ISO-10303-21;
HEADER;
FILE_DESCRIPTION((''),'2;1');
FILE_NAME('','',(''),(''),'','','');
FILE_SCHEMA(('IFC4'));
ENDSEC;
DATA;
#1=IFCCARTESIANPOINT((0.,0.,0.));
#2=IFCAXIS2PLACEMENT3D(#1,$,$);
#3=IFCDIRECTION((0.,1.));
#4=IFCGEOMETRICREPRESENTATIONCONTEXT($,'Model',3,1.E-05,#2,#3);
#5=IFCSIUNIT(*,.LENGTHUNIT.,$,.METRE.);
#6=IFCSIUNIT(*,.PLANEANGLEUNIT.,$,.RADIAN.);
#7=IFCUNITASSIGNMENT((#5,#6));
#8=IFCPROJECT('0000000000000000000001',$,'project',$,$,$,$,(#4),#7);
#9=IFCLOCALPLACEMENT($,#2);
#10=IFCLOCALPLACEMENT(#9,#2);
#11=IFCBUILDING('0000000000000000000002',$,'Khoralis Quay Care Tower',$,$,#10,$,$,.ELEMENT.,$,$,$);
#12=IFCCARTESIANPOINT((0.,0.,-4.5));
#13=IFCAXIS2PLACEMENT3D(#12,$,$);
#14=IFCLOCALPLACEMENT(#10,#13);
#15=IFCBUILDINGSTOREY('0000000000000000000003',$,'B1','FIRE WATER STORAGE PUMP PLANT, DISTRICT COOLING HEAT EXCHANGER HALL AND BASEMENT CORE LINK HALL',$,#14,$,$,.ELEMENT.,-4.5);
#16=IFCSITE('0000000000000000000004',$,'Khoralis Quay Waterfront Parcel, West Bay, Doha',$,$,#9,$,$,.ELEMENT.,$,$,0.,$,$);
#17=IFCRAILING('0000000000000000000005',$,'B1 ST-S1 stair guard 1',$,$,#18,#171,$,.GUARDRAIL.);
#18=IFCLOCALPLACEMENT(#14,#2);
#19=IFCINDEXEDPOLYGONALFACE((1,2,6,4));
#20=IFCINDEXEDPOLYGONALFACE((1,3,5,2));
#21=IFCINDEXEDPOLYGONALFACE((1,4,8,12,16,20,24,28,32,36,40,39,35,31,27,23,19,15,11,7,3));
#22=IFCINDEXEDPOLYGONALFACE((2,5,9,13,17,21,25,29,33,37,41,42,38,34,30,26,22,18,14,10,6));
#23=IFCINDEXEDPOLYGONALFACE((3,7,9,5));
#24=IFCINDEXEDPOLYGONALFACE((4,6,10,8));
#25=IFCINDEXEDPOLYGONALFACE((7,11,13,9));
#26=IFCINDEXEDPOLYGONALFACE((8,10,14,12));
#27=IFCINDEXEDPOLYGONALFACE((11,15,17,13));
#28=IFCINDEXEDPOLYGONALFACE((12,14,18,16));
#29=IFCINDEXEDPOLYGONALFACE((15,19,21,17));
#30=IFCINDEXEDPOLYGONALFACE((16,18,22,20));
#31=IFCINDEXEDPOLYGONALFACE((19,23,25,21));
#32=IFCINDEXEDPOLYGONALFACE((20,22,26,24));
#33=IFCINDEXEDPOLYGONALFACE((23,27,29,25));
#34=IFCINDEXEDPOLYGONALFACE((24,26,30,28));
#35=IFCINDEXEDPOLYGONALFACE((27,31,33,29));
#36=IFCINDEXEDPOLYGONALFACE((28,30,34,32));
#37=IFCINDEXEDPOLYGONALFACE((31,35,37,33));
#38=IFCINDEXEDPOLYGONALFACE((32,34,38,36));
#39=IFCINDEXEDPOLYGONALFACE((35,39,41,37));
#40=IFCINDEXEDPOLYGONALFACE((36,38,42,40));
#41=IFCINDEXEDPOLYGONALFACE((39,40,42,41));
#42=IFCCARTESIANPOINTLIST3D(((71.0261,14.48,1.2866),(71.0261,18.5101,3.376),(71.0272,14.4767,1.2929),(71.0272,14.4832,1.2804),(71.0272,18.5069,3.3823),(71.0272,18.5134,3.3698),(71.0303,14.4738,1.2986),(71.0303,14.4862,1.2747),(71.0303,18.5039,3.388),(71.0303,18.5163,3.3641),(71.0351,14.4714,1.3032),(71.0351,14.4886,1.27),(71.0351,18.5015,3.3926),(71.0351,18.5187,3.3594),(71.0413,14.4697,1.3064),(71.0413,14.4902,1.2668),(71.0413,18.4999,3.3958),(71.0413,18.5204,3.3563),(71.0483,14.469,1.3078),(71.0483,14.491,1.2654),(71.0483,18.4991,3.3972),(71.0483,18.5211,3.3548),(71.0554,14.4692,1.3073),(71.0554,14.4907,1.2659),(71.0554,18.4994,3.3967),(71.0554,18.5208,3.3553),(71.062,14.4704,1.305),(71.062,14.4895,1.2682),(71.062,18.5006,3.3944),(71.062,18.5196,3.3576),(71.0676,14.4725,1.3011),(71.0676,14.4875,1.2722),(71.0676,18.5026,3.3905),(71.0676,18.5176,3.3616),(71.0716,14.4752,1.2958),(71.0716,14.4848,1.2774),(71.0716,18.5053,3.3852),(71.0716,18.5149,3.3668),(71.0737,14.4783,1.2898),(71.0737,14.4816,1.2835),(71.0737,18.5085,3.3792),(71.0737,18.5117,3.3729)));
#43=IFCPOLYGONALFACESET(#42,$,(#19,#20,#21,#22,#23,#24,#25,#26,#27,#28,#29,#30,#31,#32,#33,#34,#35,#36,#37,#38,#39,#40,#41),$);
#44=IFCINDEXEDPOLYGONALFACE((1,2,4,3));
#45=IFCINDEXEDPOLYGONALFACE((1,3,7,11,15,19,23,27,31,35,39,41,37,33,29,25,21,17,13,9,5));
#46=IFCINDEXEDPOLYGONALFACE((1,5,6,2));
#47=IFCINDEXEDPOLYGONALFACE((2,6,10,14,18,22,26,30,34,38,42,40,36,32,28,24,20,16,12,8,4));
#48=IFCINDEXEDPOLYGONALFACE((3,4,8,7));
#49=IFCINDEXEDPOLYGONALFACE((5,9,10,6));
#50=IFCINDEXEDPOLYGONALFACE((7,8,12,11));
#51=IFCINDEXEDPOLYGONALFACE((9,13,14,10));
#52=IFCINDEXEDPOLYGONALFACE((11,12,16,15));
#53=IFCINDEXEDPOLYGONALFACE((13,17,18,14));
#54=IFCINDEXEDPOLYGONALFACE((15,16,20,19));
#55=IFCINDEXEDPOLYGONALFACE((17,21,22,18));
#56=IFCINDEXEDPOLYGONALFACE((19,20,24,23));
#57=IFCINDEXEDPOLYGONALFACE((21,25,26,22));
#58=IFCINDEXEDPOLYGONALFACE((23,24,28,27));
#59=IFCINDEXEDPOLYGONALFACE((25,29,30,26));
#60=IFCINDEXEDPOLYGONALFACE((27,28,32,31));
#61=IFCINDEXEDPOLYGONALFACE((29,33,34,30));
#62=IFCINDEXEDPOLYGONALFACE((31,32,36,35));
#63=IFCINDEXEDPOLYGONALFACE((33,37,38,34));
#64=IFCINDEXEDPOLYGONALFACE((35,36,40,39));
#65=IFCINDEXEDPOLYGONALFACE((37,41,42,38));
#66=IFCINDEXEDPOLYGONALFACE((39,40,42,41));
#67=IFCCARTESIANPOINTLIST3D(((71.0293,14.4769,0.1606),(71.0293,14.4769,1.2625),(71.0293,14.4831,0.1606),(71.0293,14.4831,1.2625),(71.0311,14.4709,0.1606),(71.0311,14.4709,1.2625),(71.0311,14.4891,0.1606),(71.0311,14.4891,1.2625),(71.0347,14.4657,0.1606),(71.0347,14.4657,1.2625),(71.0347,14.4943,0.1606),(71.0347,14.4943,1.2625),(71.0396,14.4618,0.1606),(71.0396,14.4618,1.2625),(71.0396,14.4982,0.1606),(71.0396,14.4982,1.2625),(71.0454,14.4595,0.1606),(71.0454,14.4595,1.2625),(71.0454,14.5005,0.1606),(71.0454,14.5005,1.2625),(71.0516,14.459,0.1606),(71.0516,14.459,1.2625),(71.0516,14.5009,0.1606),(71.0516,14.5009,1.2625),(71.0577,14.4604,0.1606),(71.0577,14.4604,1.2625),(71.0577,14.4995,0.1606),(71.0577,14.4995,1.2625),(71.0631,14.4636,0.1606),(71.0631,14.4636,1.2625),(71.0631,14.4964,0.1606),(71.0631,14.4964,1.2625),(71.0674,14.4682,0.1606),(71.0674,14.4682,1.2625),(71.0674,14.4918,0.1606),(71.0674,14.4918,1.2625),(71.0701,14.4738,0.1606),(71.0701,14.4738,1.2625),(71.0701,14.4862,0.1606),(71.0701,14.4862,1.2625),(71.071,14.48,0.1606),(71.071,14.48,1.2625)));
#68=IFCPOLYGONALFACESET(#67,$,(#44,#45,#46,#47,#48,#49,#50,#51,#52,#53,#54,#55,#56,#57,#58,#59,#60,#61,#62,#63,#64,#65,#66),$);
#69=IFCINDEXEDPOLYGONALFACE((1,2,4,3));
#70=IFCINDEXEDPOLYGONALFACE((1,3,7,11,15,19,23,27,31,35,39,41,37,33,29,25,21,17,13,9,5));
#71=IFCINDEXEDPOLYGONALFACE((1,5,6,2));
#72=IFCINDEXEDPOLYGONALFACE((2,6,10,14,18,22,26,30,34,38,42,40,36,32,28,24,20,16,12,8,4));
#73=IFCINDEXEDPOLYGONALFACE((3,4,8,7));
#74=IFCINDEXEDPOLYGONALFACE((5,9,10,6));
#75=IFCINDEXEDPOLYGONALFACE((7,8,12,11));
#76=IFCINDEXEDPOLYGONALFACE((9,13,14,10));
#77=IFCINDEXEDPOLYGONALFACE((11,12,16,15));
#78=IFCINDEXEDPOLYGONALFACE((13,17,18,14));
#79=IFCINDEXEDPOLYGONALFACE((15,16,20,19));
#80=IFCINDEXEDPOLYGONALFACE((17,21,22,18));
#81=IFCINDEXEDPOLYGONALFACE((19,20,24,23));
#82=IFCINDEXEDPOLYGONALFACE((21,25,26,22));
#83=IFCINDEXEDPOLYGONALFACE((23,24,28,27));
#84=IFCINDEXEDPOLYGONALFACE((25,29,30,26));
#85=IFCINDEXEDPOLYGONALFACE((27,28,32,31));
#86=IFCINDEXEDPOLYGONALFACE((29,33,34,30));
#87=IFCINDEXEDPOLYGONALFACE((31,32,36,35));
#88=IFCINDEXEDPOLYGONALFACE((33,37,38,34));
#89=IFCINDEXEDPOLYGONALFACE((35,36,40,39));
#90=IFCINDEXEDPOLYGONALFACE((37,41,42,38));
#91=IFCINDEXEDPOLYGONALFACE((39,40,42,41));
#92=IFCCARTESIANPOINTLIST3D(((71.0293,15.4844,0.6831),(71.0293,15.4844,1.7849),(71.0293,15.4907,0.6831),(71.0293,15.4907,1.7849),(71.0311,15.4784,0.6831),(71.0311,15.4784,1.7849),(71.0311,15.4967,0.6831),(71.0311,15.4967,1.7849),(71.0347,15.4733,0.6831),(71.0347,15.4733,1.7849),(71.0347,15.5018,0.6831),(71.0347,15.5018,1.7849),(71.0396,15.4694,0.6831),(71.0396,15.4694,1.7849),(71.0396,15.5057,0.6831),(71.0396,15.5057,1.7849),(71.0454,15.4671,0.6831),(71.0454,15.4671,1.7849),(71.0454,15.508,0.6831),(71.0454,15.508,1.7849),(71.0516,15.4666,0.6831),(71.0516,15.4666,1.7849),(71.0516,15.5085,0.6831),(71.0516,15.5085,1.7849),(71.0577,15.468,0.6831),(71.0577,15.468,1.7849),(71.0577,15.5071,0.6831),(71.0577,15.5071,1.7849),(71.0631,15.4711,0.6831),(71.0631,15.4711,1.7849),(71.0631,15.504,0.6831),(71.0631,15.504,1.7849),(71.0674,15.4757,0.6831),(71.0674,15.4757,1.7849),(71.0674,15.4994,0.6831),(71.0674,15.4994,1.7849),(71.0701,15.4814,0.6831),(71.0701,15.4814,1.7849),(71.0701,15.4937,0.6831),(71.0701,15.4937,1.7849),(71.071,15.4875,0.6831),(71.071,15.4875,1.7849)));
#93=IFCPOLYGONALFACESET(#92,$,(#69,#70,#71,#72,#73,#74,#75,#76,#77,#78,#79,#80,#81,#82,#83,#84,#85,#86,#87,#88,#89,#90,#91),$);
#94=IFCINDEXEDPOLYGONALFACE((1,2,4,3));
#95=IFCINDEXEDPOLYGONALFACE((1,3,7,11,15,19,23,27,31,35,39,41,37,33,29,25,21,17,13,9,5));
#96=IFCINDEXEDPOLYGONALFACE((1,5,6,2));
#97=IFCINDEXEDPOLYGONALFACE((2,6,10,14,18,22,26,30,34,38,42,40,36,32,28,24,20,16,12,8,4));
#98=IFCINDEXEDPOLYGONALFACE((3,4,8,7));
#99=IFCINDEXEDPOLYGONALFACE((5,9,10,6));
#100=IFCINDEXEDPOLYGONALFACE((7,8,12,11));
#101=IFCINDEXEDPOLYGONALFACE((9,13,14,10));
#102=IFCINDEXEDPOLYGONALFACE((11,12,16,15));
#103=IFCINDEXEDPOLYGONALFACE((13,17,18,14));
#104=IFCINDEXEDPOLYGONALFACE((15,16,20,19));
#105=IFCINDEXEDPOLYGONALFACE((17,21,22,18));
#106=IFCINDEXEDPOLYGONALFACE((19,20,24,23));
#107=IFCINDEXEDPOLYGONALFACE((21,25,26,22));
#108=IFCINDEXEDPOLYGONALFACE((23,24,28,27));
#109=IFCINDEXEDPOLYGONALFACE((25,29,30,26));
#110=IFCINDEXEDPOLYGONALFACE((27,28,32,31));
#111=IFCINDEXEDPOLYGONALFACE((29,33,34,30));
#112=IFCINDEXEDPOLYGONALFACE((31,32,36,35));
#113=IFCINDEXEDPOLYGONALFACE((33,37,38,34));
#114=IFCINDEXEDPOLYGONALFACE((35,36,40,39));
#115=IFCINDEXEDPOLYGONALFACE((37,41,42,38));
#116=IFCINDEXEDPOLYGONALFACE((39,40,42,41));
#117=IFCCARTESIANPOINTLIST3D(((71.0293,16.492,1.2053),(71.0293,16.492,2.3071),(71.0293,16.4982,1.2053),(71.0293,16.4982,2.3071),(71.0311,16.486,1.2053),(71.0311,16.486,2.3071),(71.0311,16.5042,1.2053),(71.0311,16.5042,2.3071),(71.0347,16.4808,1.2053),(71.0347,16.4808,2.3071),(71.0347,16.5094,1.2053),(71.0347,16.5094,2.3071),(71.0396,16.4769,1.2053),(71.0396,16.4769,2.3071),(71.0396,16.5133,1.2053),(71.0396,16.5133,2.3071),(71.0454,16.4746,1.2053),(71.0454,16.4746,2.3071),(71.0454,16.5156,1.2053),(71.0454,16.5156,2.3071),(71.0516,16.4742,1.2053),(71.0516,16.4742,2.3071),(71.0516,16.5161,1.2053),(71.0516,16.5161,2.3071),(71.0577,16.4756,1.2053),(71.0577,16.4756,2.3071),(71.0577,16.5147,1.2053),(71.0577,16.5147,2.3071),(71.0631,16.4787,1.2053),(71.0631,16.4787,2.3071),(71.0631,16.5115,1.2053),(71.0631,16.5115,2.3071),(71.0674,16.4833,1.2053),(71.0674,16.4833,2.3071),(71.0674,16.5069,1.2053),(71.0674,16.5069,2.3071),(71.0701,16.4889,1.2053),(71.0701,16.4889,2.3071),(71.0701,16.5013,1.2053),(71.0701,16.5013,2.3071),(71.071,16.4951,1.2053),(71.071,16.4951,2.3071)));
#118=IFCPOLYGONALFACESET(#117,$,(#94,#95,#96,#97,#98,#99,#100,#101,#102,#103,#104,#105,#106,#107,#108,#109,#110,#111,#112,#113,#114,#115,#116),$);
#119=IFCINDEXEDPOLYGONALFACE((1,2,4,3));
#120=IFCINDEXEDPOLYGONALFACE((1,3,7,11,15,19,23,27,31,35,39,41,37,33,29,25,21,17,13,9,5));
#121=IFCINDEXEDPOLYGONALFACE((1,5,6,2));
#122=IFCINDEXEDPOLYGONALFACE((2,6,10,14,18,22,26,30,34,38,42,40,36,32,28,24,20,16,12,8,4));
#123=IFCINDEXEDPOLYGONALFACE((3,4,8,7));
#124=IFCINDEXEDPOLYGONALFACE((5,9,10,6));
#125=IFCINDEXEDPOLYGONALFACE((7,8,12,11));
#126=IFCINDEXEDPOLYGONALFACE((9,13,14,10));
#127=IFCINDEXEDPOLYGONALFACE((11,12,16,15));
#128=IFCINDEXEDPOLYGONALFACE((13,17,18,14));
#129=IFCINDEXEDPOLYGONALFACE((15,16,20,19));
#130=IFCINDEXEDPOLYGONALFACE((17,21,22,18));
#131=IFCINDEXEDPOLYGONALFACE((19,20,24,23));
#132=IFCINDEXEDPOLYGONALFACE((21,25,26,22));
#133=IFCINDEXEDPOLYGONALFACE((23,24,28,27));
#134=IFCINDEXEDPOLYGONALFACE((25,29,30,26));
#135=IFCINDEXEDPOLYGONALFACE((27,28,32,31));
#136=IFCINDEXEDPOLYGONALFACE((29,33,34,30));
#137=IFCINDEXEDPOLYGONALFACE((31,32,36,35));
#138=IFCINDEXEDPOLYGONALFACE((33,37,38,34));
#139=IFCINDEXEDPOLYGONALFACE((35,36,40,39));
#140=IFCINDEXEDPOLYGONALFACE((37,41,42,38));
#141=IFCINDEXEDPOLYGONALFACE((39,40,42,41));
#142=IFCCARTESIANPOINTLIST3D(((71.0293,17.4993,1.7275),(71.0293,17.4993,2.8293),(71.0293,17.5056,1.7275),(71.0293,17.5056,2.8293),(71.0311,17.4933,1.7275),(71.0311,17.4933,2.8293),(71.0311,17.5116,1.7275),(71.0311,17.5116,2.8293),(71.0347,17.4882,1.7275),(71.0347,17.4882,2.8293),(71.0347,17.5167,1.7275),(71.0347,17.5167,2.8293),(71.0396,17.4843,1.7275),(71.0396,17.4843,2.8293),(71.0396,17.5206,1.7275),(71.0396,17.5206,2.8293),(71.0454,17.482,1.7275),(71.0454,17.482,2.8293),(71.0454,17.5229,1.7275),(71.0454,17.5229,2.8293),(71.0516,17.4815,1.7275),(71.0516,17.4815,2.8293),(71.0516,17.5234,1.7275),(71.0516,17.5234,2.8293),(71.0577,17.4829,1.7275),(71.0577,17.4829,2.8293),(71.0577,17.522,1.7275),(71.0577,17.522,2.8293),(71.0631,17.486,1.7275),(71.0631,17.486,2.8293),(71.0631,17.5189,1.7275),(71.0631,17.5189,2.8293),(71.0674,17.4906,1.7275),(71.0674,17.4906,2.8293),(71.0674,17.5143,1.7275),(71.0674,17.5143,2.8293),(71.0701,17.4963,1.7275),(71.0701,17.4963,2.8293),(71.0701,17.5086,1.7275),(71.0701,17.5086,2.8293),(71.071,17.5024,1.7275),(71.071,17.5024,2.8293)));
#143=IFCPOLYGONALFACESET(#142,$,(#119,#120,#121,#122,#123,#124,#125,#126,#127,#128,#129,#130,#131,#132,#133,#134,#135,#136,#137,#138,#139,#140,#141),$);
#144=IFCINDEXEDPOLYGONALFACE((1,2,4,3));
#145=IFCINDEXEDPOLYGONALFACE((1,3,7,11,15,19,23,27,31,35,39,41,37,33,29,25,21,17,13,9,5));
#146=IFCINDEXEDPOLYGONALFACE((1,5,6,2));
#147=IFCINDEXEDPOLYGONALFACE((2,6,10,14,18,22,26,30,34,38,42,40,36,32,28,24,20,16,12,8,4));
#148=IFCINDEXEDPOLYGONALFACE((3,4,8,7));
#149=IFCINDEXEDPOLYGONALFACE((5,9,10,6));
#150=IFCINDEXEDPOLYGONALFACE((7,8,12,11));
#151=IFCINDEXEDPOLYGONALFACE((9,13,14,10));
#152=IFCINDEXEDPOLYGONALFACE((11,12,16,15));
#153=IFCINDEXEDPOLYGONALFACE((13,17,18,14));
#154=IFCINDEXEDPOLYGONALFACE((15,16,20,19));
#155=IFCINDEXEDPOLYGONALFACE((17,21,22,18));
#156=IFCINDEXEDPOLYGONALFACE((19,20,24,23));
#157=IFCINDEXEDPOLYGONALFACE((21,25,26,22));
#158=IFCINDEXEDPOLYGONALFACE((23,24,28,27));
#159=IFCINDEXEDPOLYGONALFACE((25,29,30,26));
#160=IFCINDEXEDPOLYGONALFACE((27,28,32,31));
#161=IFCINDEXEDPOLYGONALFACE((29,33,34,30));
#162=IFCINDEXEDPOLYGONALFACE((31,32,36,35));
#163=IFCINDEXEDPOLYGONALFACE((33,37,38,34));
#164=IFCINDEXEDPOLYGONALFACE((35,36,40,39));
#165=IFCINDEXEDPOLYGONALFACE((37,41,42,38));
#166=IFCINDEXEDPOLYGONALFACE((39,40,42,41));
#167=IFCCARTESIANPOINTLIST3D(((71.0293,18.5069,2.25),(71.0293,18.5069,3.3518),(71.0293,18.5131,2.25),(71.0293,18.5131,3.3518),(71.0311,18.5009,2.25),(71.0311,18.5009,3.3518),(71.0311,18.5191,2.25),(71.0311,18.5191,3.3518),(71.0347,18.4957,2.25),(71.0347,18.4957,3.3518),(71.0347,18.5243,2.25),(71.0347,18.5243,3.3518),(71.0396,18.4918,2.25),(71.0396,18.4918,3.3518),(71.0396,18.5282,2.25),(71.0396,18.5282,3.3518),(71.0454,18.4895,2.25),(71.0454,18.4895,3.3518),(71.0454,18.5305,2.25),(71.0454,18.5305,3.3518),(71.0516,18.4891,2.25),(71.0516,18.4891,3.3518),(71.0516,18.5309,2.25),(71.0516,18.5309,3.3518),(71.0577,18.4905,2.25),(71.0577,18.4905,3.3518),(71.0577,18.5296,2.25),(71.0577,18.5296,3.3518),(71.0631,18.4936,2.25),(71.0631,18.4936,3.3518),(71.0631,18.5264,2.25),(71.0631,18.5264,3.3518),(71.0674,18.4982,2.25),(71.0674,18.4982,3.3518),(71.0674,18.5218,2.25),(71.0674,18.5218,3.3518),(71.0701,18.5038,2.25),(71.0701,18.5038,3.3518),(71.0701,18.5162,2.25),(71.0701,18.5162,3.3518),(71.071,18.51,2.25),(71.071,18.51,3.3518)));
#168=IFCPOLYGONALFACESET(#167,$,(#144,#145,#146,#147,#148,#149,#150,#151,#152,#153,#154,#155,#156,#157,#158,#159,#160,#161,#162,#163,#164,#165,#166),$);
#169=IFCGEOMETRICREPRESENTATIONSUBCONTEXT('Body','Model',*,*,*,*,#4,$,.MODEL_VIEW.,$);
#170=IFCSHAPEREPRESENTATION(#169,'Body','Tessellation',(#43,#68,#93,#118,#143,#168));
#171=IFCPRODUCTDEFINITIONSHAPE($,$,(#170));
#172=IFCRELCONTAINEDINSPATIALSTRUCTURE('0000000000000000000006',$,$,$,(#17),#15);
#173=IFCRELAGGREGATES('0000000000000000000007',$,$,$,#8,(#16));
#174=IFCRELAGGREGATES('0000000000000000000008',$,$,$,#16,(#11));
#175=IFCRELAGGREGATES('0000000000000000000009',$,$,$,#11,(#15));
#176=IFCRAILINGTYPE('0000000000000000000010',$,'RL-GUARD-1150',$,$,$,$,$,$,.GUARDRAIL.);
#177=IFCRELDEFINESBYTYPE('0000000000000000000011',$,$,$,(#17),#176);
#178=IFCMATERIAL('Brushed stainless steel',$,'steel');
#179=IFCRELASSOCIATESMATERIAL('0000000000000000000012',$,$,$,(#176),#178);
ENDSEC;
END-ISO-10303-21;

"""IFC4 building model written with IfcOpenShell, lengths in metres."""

from ifc_helpers import new_model, si_unit, direction, frame, origin, origin_2d, place, context, subcontext, project, spatial, circle, extrude, material, type_object, element, save


model = new_model("IFC4")

# Units and contexts
model_context = context("Model", 3, precision=1e-05, world=origin(), true_north=direction((0.0, 1.0)))
body_context = subcontext(model_context, "Body", "Model", "MODEL_VIEW")
ifc_project = project(units=[si_unit("LENGTHUNIT", "METRE"), si_unit("PLANEANGLEUNIT", "RADIAN")], contexts=[model_context])

# Site, building, storey
site_placement = place(None, origin())
site = spatial("IfcSite", under=ifc_project, at=site_placement, Name="Khoralis Quay Waterfront Parcel, West Bay, Doha", CompositionType="ELEMENT", RefElevation=0.0)
building_placement = place(site_placement, origin())
building = spatial("IfcBuilding", under=site, at=building_placement, Name="Khoralis Quay Care Tower", CompositionType="ELEMENT")
storey_placement = place(building_placement, frame((0.0, 0.0, -4.5)))
storey = spatial("IfcBuildingStorey", under=building, at=storey_placement, Name="B1", Description="FIRE WATER STORAGE PUMP PLANT, DISTRICT COOLING HEAT EXCHANGER HALL AND BASEMENT CORE LINK HALL", CompositionType="ELEMENT", Elevation=-4.5)

# Railing
ifc_material_1 = material(Name="Brushed stainless steel", Category="steel")
railing_type_1 = type_object("IfcRailingType", Name="RL-GUARD-1150", PredefinedType="GUARDRAIL", material=ifc_material_1)
railing_1_placement = place(storey_placement, frame((71.05, 14.48, 0.1606)))
element("IfcRailing", 1, at=railing_1_placement, inside=storey, type_object=railing_type_1, Name="B1 ST-S1 stair guard 1", PredefinedType="GUARDRAIL", context=body_context, shape_type="SweptSolid", body=[
    extrude(circle(Radius=0.0239, at=origin_2d()), frame((0.0, 0.0, 1.126), z_axis=(0.0, 0.887781, 0.460267), x_axis=(-1.0, 0.0, 0.0)), (0.0, 0.0, 1.0), 4.5396),
    extrude(circle(Radius=0.021, at=origin_2d()), origin(), (0.0, 0.0, 1.0), 1.1018),
    extrude(circle(Radius=0.021, at=origin_2d()), frame((0.0, 1.0076, 0.5225)), (0.0, 0.0, 1.0), 1.1018),
    extrude(circle(Radius=0.021, at=origin_2d()), frame((0.0, 2.0151, 1.0447)), (0.0, 0.0, 1.0), 1.1018),
    extrude(circle(Radius=0.021, at=origin_2d()), frame((0.0, 3.0225, 1.5669)), (0.0, 0.0, 1.0), 1.1018),
    extrude(circle(Radius=0.021, at=origin_2d()), frame((0.0, 4.03, 2.0894)), (0.0, 0.0, 1.0), 1.1018),
])

save(model, "model.ifc")
